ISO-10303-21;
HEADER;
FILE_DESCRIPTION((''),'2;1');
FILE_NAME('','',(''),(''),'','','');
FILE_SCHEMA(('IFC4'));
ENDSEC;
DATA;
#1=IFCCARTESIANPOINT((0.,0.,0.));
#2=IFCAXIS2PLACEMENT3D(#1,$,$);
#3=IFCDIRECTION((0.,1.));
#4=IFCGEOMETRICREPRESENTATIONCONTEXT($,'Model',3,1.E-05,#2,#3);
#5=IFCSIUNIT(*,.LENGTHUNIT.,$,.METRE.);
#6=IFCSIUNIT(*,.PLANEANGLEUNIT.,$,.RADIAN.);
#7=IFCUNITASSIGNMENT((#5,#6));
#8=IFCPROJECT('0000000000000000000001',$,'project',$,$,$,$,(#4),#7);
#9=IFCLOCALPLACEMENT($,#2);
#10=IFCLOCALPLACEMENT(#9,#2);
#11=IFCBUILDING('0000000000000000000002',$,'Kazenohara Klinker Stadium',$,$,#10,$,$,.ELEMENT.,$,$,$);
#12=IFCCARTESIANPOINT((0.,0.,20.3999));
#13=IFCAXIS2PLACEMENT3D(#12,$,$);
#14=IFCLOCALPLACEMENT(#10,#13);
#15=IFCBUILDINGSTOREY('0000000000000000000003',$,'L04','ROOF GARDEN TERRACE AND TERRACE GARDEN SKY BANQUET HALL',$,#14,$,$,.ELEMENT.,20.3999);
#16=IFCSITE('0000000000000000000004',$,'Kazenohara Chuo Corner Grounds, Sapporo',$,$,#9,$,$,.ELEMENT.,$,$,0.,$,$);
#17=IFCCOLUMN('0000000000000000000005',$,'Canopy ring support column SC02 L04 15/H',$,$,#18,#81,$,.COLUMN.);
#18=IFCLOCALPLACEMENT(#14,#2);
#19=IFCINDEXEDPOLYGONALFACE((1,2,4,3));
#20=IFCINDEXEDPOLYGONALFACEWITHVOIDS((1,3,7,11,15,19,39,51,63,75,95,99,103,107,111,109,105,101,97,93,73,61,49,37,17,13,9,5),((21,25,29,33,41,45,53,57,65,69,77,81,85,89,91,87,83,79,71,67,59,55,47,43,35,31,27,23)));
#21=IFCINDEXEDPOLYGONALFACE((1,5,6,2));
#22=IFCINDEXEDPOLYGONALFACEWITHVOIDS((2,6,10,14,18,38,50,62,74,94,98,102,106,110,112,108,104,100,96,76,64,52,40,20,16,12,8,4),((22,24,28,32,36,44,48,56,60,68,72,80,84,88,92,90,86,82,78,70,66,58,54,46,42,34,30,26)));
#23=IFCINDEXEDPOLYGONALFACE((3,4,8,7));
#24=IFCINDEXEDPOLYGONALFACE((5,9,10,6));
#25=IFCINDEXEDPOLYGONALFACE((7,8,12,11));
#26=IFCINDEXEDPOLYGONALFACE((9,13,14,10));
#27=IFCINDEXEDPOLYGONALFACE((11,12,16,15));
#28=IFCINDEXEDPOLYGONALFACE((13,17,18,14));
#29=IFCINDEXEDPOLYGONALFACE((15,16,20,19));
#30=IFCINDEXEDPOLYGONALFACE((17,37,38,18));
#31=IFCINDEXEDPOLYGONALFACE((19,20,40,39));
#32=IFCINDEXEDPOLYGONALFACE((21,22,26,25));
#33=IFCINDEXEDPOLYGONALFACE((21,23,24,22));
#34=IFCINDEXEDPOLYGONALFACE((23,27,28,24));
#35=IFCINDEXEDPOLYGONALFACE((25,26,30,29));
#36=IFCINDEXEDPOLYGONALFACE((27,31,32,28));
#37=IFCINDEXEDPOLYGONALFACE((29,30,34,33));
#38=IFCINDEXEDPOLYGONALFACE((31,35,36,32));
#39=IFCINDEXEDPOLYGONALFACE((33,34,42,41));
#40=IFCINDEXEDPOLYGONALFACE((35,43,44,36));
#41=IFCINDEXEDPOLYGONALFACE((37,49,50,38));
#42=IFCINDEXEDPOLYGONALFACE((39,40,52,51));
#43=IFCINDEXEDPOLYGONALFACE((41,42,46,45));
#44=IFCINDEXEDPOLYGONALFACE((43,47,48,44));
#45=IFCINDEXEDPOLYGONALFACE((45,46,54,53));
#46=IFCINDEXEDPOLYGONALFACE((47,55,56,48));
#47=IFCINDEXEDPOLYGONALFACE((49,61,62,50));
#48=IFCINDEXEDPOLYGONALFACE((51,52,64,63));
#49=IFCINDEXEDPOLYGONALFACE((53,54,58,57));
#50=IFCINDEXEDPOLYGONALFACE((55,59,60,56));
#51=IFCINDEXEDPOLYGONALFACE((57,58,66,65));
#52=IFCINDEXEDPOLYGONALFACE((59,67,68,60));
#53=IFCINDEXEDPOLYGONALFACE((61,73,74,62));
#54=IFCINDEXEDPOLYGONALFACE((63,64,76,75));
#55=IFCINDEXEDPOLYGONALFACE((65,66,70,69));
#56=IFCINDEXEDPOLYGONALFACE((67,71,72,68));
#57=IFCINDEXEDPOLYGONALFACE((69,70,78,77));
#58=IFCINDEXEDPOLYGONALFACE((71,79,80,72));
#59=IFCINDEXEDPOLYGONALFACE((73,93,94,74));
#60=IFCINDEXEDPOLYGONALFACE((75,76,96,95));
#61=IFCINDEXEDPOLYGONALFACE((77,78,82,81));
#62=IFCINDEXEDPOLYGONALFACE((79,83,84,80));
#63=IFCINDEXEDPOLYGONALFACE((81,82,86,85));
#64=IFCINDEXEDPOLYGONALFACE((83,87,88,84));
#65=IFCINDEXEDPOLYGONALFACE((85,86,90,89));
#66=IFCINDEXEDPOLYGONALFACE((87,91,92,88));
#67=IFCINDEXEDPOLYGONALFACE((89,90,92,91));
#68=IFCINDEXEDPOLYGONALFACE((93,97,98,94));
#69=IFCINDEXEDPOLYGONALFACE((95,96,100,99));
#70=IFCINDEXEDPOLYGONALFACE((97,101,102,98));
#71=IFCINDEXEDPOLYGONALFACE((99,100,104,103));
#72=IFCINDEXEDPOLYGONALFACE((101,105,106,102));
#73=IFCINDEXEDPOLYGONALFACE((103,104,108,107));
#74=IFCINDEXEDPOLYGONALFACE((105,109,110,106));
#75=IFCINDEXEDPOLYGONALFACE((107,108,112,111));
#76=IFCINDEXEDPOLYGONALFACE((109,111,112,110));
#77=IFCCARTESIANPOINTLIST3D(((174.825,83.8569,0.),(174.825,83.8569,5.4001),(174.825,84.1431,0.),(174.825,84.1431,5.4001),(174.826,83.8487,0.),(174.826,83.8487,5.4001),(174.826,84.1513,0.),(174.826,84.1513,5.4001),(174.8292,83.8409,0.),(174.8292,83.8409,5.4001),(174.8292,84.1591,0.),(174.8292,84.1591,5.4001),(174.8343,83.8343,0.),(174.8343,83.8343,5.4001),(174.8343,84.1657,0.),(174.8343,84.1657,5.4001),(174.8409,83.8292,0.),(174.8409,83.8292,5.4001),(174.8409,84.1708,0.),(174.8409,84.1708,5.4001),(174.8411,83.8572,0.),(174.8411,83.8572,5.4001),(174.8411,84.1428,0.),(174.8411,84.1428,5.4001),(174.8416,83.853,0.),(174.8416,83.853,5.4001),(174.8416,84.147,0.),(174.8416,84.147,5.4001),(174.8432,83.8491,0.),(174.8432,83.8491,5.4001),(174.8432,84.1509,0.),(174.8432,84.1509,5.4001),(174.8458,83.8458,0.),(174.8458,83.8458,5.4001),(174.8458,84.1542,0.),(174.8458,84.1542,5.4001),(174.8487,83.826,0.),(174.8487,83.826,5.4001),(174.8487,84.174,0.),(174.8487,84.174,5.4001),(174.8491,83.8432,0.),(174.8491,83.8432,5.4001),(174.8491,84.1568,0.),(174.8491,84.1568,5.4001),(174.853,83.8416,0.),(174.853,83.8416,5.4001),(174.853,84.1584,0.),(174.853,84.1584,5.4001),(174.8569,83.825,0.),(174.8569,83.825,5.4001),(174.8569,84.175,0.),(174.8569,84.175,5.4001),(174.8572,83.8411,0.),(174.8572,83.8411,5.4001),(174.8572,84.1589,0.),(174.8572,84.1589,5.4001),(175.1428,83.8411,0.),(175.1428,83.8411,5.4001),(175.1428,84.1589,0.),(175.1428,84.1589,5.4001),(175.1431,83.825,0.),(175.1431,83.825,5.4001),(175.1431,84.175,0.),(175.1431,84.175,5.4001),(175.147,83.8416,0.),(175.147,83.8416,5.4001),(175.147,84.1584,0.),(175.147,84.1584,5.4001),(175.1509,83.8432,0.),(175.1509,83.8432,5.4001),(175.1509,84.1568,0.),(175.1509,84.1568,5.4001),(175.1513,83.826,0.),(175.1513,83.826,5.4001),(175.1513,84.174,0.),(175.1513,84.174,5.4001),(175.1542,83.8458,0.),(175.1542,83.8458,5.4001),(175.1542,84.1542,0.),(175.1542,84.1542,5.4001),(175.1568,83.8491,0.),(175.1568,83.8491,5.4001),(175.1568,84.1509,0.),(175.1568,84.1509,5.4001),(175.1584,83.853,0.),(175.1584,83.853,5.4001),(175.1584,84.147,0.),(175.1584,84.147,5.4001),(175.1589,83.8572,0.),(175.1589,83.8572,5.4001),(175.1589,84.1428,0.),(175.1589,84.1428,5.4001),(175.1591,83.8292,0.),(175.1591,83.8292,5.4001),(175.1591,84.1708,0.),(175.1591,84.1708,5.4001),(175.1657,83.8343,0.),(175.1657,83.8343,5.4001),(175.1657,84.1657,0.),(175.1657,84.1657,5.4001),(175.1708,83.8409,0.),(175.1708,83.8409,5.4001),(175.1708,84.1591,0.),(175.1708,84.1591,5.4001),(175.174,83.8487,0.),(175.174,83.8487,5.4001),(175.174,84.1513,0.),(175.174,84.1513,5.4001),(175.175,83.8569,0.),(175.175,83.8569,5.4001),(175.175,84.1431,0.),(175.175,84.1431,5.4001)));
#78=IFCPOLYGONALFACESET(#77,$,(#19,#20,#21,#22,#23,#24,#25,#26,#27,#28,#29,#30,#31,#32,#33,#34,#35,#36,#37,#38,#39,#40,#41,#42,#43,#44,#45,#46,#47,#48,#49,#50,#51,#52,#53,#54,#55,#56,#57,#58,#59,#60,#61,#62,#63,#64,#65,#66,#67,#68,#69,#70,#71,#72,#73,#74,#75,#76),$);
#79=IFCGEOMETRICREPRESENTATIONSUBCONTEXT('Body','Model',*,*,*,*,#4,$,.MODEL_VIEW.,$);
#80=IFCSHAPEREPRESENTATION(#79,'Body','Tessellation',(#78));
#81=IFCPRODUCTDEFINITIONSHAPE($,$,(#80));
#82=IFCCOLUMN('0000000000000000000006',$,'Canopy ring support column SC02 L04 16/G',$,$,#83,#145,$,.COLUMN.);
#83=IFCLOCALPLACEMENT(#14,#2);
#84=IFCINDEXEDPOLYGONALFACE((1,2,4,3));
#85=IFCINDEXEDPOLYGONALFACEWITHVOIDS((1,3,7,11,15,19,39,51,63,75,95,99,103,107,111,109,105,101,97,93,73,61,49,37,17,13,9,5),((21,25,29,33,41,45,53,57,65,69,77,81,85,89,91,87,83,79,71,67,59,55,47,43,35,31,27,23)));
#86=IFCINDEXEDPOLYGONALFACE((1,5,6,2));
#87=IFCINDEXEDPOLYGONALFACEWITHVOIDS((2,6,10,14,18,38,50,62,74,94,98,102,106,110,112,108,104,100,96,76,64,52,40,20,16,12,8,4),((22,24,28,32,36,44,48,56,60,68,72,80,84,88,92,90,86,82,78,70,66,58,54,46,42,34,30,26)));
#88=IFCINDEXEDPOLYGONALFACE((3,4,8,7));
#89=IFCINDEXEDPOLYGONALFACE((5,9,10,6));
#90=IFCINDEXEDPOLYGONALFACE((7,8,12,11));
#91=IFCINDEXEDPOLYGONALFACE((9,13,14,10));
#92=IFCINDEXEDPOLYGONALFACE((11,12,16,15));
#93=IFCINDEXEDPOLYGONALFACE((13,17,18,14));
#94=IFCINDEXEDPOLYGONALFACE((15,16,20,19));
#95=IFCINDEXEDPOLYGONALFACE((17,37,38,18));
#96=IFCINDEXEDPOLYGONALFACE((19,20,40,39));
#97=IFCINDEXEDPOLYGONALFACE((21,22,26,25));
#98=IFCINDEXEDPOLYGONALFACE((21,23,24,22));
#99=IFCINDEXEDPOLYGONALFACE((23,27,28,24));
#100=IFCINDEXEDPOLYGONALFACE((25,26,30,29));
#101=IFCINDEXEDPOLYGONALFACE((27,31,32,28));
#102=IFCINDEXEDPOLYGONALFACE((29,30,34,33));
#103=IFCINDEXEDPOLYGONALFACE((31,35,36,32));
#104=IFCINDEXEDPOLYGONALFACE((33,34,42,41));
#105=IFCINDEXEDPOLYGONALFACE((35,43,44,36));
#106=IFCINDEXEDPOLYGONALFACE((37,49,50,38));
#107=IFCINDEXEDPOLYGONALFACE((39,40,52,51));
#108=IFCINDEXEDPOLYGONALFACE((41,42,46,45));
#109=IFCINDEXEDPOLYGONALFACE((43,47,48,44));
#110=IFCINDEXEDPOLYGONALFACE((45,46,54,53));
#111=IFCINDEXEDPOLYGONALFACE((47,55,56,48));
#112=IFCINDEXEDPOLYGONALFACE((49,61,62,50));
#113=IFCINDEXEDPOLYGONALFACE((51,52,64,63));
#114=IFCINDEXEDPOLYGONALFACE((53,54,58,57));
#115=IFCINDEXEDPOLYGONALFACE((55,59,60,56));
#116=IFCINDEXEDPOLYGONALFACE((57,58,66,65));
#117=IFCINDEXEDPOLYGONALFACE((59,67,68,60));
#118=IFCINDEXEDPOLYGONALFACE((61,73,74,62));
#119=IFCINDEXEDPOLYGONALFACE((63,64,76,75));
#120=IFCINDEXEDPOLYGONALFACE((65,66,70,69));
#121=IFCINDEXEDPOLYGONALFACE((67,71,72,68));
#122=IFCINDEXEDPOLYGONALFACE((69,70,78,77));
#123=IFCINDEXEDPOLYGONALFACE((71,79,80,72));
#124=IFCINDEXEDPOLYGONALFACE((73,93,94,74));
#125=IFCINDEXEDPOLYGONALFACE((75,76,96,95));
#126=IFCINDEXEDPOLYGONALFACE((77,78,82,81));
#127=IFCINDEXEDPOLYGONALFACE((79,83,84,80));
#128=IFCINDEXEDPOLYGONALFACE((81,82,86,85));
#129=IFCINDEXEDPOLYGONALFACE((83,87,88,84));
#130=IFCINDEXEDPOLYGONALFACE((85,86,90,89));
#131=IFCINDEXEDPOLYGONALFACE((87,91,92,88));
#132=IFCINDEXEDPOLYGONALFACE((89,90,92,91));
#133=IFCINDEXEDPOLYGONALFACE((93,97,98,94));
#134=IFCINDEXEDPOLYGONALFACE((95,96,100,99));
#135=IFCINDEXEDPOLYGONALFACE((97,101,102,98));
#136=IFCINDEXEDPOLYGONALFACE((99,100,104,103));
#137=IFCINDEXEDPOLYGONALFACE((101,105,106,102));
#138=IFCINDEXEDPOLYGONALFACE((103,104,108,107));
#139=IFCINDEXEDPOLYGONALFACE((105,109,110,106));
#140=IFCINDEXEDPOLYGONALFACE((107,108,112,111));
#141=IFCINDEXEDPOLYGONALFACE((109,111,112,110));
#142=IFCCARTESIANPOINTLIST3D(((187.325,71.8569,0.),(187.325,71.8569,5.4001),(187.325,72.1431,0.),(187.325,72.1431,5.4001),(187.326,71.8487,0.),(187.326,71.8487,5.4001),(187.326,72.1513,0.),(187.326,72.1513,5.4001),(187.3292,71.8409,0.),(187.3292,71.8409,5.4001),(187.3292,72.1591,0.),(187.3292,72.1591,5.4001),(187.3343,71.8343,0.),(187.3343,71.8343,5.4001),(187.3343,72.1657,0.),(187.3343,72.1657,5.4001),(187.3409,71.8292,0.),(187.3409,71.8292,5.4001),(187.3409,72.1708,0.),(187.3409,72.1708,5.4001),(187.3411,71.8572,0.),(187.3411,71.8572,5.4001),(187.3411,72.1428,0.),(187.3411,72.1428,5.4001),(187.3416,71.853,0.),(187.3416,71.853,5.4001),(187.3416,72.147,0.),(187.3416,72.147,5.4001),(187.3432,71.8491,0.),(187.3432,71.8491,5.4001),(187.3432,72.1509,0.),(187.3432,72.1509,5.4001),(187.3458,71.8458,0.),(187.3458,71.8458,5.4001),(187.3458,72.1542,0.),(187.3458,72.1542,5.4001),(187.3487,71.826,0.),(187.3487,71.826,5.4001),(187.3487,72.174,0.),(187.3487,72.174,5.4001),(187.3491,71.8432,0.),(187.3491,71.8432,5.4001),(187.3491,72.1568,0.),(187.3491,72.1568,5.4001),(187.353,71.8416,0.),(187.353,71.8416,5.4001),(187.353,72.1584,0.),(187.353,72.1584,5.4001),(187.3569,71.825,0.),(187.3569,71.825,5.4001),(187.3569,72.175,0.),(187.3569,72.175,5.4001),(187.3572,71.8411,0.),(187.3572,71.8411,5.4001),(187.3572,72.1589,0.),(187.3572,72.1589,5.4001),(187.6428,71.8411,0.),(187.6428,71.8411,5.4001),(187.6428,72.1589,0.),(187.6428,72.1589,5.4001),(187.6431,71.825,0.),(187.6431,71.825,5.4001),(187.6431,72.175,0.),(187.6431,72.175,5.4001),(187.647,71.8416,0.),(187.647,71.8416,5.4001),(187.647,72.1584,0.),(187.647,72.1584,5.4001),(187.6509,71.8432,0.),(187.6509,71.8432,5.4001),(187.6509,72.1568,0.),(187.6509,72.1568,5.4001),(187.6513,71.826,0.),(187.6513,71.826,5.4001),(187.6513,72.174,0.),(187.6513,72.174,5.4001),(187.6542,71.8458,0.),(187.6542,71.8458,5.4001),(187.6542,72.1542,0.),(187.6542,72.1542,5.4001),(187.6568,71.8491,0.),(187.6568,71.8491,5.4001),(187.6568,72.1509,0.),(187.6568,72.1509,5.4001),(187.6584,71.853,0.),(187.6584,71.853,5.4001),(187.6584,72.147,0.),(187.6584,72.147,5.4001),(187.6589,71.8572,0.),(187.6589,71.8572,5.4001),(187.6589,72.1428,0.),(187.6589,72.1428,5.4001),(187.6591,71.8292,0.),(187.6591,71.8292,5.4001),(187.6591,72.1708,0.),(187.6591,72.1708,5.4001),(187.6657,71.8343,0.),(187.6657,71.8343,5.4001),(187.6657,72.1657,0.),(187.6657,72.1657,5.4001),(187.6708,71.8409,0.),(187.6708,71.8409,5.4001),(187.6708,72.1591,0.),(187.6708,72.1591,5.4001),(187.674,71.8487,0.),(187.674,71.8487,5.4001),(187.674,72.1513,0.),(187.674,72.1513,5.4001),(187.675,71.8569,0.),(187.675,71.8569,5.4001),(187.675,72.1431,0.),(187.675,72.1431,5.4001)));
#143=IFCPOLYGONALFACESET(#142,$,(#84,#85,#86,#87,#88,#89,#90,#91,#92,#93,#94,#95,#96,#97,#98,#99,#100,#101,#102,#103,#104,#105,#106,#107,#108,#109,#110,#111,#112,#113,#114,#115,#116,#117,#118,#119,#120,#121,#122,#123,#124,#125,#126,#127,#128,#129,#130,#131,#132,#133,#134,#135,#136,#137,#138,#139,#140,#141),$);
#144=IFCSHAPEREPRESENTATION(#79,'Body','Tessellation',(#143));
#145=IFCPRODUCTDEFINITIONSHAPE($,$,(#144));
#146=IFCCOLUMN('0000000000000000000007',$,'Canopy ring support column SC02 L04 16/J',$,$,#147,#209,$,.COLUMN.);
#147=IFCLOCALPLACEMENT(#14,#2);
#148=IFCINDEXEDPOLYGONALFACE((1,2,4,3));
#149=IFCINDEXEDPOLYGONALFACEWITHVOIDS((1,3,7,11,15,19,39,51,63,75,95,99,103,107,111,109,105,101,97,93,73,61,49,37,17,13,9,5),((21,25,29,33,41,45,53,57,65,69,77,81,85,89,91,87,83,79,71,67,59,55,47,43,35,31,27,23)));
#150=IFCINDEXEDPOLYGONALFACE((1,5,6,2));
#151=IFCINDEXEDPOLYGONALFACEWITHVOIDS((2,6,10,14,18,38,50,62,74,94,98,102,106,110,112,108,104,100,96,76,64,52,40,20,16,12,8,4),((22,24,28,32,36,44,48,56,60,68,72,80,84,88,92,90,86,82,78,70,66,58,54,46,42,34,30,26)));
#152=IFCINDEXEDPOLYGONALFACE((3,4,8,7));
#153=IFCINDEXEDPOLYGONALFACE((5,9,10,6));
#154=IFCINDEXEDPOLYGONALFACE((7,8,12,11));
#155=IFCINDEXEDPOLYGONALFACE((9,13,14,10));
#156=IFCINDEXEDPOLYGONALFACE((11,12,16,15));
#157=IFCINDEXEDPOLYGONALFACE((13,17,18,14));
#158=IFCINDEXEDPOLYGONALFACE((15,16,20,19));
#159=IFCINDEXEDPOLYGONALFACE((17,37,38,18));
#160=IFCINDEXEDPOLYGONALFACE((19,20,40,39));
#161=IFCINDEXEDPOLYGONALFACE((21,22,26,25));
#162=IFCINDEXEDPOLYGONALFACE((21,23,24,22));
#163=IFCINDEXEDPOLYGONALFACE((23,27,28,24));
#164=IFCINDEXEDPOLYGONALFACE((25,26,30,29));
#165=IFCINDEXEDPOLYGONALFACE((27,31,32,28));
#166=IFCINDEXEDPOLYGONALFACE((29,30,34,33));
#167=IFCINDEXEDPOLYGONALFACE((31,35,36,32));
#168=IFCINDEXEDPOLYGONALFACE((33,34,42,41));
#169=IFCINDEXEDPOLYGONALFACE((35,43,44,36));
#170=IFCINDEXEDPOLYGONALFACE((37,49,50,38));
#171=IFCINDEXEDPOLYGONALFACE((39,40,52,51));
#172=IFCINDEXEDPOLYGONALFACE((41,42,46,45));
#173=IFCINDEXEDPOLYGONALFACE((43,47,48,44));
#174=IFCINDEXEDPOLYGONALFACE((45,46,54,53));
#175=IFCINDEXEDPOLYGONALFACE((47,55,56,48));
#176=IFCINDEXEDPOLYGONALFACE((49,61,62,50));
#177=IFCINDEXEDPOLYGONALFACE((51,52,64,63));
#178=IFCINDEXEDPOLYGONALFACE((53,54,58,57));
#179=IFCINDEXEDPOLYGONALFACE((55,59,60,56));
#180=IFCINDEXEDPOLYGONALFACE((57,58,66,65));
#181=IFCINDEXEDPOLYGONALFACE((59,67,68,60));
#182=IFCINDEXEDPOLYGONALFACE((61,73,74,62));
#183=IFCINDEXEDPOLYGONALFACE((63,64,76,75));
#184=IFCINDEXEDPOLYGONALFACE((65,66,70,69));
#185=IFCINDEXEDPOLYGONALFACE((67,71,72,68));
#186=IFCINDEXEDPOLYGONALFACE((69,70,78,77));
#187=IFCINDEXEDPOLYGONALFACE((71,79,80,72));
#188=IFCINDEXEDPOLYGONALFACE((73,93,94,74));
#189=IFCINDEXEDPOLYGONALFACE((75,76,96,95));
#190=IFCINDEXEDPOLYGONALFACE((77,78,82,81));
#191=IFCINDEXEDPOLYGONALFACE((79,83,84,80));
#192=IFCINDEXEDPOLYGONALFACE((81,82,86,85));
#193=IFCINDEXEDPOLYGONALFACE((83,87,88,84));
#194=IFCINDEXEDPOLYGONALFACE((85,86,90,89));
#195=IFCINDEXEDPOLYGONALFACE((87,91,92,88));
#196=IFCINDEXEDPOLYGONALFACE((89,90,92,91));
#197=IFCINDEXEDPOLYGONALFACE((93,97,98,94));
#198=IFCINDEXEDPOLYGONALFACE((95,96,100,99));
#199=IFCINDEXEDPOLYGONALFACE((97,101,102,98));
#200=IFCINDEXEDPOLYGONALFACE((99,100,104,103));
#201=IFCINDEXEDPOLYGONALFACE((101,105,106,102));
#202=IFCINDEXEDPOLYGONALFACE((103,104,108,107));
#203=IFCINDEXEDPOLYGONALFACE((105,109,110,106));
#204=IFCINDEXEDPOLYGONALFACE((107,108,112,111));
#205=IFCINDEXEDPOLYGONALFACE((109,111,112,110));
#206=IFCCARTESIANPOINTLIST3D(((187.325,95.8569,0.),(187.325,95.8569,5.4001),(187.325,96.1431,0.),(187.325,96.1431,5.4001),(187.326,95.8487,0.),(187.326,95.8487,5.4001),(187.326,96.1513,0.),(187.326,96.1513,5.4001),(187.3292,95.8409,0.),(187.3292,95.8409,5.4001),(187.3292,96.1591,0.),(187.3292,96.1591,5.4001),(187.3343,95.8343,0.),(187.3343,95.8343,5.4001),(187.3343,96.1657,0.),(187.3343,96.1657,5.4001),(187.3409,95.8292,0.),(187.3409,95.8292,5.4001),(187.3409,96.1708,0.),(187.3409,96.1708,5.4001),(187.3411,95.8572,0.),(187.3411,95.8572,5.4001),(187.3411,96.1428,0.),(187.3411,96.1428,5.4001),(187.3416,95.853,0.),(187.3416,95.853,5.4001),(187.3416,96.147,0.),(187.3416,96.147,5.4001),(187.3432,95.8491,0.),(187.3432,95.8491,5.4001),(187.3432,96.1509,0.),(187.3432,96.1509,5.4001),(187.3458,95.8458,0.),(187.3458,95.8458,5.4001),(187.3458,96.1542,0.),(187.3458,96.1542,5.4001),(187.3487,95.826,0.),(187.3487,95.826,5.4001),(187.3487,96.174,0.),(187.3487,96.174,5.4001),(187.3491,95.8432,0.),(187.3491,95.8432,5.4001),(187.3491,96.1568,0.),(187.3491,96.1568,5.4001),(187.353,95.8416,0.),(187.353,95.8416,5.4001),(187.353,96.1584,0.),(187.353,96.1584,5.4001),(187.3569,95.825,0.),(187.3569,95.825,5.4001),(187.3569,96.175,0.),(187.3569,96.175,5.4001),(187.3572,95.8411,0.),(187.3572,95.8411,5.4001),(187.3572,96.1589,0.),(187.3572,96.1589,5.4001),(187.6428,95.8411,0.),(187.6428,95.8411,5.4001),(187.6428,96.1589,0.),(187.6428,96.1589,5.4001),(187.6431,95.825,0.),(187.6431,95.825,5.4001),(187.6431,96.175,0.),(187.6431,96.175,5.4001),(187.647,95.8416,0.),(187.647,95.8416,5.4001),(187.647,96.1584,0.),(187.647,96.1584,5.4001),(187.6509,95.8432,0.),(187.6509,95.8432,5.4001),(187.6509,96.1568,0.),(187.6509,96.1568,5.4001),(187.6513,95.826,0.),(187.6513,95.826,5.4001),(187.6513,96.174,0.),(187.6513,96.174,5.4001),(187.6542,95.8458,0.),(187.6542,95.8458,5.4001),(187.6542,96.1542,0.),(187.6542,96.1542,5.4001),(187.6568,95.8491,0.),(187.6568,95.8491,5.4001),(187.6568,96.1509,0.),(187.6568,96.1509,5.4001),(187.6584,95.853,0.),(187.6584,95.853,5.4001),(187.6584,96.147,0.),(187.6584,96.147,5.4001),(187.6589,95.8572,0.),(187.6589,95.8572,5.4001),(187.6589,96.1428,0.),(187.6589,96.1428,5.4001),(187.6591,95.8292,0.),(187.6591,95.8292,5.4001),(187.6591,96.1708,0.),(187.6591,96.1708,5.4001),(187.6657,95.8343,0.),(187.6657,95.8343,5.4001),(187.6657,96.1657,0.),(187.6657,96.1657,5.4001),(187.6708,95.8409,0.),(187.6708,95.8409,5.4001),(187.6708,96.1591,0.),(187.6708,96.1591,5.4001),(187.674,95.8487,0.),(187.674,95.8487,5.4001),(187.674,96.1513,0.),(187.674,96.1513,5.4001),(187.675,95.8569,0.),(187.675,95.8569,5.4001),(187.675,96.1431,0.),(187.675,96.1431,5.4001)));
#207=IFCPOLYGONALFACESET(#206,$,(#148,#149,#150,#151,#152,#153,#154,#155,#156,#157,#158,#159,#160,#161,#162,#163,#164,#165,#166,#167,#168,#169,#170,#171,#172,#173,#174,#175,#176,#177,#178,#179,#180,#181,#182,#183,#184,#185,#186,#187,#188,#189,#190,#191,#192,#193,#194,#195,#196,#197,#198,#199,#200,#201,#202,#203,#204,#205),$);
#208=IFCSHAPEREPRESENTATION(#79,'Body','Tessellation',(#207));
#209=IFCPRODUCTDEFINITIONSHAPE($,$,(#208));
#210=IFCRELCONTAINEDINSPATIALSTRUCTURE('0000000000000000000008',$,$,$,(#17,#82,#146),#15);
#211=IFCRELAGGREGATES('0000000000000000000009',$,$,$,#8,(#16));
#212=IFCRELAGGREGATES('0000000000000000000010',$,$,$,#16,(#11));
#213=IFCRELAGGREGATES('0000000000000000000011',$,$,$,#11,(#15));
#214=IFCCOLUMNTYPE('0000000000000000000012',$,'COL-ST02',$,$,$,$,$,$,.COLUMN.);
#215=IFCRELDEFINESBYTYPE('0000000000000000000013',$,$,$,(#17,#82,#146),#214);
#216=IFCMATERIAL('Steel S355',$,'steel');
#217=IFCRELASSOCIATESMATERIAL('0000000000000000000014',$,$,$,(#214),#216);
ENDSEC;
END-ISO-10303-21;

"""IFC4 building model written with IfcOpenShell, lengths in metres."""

from ifc_helpers import new_model, si_unit, direction, frame, origin, origin_2d, place, context, subcontext, project, spatial, hollow_rectangle, extrude, material, material_profile, profile_set, type_object, element, save


model = new_model("IFC4")

# Units and contexts
model_context = context("Model", 3, precision=1e-05, world=origin(), true_north=direction((0.0, 1.0)))
body_context = subcontext(model_context, "Body", "Model", "MODEL_VIEW")
ifc_project = project(units=[si_unit("LENGTHUNIT", "METRE"), si_unit("PLANEANGLEUNIT", "RADIAN")], contexts=[model_context])

# Site, building, storey
site_placement = place(None, origin())
site = spatial("IfcSite", under=ifc_project, at=site_placement, Name="Kazenohara Chuo Corner Grounds, Sapporo", CompositionType="ELEMENT", RefElevation=0.0)
building_placement = place(site_placement, origin())
building = spatial("IfcBuilding", under=site, at=building_placement, Name="Kazenohara Klinker Stadium", CompositionType="ELEMENT")
storey_placement = place(building_placement, frame((0.0, 0.0, 20.3999)))
storey = spatial("IfcBuildingStorey", under=building, at=storey_placement, Name="L04", Description="ROOF GARDEN TERRACE AND TERRACE GARDEN SKY BANQUET HALL", CompositionType="ELEMENT", Elevation=20.3999)

# Columns
ifc_material_1 = material(Name="Steel S355", Category="steel")
ifc_material_profile_1 = material_profile(ifc_material_1, hollow_rectangle(XDim=0.3501, YDim=0.3501, WallThickness=0.0161, InnerFilletRadius=0.0161, OuterFilletRadius=0.032, at=origin_2d()), Name="SHS-350x350x16")
ifc_profile_set_1 = profile_set([ifc_material_profile_1], Name="Steel S355")
column_type_1 = type_object("IfcColumnType", Name="COL-ST02", PredefinedType="COLUMN", material=ifc_profile_set_1)
for number, where, z_axis, x_axis, name in (
    (1, (175.0, 84.0, 0.0), (0.0, 0.0, 1.0), (1.0, 0.0, 0.0), "Canopy ring support column SC02 L04 15/H"),
    (2, (187.5, 72.0, 0.0), (0.0, 0.0, 1.0), (1.0, 0.0, 0.0), "Canopy ring support column SC02 L04 16/G"),
    (3, (187.5, 96.0, 0.0), (0.0, 0.0, 1.0), (1.0, 0.0, 0.0), "Canopy ring support column SC02 L04 16/J"),
):
    element("IfcColumn", number, at=place(storey_placement, frame(where, z_axis=z_axis, x_axis=x_axis)), inside=storey, type_object=column_type_1, Name=name, PredefinedType="COLUMN", context=body_context, shape_type="SweptSolid", body=[
        extrude(hollow_rectangle(XDim=0.3501, YDim=0.3501, WallThickness=0.0161, InnerFilletRadius=0.0161, OuterFilletRadius=0.032, at=origin_2d()), origin(), (0.0, 0.0, 1.0), 5.4001),
    ])

save(model, "model.ifc")
